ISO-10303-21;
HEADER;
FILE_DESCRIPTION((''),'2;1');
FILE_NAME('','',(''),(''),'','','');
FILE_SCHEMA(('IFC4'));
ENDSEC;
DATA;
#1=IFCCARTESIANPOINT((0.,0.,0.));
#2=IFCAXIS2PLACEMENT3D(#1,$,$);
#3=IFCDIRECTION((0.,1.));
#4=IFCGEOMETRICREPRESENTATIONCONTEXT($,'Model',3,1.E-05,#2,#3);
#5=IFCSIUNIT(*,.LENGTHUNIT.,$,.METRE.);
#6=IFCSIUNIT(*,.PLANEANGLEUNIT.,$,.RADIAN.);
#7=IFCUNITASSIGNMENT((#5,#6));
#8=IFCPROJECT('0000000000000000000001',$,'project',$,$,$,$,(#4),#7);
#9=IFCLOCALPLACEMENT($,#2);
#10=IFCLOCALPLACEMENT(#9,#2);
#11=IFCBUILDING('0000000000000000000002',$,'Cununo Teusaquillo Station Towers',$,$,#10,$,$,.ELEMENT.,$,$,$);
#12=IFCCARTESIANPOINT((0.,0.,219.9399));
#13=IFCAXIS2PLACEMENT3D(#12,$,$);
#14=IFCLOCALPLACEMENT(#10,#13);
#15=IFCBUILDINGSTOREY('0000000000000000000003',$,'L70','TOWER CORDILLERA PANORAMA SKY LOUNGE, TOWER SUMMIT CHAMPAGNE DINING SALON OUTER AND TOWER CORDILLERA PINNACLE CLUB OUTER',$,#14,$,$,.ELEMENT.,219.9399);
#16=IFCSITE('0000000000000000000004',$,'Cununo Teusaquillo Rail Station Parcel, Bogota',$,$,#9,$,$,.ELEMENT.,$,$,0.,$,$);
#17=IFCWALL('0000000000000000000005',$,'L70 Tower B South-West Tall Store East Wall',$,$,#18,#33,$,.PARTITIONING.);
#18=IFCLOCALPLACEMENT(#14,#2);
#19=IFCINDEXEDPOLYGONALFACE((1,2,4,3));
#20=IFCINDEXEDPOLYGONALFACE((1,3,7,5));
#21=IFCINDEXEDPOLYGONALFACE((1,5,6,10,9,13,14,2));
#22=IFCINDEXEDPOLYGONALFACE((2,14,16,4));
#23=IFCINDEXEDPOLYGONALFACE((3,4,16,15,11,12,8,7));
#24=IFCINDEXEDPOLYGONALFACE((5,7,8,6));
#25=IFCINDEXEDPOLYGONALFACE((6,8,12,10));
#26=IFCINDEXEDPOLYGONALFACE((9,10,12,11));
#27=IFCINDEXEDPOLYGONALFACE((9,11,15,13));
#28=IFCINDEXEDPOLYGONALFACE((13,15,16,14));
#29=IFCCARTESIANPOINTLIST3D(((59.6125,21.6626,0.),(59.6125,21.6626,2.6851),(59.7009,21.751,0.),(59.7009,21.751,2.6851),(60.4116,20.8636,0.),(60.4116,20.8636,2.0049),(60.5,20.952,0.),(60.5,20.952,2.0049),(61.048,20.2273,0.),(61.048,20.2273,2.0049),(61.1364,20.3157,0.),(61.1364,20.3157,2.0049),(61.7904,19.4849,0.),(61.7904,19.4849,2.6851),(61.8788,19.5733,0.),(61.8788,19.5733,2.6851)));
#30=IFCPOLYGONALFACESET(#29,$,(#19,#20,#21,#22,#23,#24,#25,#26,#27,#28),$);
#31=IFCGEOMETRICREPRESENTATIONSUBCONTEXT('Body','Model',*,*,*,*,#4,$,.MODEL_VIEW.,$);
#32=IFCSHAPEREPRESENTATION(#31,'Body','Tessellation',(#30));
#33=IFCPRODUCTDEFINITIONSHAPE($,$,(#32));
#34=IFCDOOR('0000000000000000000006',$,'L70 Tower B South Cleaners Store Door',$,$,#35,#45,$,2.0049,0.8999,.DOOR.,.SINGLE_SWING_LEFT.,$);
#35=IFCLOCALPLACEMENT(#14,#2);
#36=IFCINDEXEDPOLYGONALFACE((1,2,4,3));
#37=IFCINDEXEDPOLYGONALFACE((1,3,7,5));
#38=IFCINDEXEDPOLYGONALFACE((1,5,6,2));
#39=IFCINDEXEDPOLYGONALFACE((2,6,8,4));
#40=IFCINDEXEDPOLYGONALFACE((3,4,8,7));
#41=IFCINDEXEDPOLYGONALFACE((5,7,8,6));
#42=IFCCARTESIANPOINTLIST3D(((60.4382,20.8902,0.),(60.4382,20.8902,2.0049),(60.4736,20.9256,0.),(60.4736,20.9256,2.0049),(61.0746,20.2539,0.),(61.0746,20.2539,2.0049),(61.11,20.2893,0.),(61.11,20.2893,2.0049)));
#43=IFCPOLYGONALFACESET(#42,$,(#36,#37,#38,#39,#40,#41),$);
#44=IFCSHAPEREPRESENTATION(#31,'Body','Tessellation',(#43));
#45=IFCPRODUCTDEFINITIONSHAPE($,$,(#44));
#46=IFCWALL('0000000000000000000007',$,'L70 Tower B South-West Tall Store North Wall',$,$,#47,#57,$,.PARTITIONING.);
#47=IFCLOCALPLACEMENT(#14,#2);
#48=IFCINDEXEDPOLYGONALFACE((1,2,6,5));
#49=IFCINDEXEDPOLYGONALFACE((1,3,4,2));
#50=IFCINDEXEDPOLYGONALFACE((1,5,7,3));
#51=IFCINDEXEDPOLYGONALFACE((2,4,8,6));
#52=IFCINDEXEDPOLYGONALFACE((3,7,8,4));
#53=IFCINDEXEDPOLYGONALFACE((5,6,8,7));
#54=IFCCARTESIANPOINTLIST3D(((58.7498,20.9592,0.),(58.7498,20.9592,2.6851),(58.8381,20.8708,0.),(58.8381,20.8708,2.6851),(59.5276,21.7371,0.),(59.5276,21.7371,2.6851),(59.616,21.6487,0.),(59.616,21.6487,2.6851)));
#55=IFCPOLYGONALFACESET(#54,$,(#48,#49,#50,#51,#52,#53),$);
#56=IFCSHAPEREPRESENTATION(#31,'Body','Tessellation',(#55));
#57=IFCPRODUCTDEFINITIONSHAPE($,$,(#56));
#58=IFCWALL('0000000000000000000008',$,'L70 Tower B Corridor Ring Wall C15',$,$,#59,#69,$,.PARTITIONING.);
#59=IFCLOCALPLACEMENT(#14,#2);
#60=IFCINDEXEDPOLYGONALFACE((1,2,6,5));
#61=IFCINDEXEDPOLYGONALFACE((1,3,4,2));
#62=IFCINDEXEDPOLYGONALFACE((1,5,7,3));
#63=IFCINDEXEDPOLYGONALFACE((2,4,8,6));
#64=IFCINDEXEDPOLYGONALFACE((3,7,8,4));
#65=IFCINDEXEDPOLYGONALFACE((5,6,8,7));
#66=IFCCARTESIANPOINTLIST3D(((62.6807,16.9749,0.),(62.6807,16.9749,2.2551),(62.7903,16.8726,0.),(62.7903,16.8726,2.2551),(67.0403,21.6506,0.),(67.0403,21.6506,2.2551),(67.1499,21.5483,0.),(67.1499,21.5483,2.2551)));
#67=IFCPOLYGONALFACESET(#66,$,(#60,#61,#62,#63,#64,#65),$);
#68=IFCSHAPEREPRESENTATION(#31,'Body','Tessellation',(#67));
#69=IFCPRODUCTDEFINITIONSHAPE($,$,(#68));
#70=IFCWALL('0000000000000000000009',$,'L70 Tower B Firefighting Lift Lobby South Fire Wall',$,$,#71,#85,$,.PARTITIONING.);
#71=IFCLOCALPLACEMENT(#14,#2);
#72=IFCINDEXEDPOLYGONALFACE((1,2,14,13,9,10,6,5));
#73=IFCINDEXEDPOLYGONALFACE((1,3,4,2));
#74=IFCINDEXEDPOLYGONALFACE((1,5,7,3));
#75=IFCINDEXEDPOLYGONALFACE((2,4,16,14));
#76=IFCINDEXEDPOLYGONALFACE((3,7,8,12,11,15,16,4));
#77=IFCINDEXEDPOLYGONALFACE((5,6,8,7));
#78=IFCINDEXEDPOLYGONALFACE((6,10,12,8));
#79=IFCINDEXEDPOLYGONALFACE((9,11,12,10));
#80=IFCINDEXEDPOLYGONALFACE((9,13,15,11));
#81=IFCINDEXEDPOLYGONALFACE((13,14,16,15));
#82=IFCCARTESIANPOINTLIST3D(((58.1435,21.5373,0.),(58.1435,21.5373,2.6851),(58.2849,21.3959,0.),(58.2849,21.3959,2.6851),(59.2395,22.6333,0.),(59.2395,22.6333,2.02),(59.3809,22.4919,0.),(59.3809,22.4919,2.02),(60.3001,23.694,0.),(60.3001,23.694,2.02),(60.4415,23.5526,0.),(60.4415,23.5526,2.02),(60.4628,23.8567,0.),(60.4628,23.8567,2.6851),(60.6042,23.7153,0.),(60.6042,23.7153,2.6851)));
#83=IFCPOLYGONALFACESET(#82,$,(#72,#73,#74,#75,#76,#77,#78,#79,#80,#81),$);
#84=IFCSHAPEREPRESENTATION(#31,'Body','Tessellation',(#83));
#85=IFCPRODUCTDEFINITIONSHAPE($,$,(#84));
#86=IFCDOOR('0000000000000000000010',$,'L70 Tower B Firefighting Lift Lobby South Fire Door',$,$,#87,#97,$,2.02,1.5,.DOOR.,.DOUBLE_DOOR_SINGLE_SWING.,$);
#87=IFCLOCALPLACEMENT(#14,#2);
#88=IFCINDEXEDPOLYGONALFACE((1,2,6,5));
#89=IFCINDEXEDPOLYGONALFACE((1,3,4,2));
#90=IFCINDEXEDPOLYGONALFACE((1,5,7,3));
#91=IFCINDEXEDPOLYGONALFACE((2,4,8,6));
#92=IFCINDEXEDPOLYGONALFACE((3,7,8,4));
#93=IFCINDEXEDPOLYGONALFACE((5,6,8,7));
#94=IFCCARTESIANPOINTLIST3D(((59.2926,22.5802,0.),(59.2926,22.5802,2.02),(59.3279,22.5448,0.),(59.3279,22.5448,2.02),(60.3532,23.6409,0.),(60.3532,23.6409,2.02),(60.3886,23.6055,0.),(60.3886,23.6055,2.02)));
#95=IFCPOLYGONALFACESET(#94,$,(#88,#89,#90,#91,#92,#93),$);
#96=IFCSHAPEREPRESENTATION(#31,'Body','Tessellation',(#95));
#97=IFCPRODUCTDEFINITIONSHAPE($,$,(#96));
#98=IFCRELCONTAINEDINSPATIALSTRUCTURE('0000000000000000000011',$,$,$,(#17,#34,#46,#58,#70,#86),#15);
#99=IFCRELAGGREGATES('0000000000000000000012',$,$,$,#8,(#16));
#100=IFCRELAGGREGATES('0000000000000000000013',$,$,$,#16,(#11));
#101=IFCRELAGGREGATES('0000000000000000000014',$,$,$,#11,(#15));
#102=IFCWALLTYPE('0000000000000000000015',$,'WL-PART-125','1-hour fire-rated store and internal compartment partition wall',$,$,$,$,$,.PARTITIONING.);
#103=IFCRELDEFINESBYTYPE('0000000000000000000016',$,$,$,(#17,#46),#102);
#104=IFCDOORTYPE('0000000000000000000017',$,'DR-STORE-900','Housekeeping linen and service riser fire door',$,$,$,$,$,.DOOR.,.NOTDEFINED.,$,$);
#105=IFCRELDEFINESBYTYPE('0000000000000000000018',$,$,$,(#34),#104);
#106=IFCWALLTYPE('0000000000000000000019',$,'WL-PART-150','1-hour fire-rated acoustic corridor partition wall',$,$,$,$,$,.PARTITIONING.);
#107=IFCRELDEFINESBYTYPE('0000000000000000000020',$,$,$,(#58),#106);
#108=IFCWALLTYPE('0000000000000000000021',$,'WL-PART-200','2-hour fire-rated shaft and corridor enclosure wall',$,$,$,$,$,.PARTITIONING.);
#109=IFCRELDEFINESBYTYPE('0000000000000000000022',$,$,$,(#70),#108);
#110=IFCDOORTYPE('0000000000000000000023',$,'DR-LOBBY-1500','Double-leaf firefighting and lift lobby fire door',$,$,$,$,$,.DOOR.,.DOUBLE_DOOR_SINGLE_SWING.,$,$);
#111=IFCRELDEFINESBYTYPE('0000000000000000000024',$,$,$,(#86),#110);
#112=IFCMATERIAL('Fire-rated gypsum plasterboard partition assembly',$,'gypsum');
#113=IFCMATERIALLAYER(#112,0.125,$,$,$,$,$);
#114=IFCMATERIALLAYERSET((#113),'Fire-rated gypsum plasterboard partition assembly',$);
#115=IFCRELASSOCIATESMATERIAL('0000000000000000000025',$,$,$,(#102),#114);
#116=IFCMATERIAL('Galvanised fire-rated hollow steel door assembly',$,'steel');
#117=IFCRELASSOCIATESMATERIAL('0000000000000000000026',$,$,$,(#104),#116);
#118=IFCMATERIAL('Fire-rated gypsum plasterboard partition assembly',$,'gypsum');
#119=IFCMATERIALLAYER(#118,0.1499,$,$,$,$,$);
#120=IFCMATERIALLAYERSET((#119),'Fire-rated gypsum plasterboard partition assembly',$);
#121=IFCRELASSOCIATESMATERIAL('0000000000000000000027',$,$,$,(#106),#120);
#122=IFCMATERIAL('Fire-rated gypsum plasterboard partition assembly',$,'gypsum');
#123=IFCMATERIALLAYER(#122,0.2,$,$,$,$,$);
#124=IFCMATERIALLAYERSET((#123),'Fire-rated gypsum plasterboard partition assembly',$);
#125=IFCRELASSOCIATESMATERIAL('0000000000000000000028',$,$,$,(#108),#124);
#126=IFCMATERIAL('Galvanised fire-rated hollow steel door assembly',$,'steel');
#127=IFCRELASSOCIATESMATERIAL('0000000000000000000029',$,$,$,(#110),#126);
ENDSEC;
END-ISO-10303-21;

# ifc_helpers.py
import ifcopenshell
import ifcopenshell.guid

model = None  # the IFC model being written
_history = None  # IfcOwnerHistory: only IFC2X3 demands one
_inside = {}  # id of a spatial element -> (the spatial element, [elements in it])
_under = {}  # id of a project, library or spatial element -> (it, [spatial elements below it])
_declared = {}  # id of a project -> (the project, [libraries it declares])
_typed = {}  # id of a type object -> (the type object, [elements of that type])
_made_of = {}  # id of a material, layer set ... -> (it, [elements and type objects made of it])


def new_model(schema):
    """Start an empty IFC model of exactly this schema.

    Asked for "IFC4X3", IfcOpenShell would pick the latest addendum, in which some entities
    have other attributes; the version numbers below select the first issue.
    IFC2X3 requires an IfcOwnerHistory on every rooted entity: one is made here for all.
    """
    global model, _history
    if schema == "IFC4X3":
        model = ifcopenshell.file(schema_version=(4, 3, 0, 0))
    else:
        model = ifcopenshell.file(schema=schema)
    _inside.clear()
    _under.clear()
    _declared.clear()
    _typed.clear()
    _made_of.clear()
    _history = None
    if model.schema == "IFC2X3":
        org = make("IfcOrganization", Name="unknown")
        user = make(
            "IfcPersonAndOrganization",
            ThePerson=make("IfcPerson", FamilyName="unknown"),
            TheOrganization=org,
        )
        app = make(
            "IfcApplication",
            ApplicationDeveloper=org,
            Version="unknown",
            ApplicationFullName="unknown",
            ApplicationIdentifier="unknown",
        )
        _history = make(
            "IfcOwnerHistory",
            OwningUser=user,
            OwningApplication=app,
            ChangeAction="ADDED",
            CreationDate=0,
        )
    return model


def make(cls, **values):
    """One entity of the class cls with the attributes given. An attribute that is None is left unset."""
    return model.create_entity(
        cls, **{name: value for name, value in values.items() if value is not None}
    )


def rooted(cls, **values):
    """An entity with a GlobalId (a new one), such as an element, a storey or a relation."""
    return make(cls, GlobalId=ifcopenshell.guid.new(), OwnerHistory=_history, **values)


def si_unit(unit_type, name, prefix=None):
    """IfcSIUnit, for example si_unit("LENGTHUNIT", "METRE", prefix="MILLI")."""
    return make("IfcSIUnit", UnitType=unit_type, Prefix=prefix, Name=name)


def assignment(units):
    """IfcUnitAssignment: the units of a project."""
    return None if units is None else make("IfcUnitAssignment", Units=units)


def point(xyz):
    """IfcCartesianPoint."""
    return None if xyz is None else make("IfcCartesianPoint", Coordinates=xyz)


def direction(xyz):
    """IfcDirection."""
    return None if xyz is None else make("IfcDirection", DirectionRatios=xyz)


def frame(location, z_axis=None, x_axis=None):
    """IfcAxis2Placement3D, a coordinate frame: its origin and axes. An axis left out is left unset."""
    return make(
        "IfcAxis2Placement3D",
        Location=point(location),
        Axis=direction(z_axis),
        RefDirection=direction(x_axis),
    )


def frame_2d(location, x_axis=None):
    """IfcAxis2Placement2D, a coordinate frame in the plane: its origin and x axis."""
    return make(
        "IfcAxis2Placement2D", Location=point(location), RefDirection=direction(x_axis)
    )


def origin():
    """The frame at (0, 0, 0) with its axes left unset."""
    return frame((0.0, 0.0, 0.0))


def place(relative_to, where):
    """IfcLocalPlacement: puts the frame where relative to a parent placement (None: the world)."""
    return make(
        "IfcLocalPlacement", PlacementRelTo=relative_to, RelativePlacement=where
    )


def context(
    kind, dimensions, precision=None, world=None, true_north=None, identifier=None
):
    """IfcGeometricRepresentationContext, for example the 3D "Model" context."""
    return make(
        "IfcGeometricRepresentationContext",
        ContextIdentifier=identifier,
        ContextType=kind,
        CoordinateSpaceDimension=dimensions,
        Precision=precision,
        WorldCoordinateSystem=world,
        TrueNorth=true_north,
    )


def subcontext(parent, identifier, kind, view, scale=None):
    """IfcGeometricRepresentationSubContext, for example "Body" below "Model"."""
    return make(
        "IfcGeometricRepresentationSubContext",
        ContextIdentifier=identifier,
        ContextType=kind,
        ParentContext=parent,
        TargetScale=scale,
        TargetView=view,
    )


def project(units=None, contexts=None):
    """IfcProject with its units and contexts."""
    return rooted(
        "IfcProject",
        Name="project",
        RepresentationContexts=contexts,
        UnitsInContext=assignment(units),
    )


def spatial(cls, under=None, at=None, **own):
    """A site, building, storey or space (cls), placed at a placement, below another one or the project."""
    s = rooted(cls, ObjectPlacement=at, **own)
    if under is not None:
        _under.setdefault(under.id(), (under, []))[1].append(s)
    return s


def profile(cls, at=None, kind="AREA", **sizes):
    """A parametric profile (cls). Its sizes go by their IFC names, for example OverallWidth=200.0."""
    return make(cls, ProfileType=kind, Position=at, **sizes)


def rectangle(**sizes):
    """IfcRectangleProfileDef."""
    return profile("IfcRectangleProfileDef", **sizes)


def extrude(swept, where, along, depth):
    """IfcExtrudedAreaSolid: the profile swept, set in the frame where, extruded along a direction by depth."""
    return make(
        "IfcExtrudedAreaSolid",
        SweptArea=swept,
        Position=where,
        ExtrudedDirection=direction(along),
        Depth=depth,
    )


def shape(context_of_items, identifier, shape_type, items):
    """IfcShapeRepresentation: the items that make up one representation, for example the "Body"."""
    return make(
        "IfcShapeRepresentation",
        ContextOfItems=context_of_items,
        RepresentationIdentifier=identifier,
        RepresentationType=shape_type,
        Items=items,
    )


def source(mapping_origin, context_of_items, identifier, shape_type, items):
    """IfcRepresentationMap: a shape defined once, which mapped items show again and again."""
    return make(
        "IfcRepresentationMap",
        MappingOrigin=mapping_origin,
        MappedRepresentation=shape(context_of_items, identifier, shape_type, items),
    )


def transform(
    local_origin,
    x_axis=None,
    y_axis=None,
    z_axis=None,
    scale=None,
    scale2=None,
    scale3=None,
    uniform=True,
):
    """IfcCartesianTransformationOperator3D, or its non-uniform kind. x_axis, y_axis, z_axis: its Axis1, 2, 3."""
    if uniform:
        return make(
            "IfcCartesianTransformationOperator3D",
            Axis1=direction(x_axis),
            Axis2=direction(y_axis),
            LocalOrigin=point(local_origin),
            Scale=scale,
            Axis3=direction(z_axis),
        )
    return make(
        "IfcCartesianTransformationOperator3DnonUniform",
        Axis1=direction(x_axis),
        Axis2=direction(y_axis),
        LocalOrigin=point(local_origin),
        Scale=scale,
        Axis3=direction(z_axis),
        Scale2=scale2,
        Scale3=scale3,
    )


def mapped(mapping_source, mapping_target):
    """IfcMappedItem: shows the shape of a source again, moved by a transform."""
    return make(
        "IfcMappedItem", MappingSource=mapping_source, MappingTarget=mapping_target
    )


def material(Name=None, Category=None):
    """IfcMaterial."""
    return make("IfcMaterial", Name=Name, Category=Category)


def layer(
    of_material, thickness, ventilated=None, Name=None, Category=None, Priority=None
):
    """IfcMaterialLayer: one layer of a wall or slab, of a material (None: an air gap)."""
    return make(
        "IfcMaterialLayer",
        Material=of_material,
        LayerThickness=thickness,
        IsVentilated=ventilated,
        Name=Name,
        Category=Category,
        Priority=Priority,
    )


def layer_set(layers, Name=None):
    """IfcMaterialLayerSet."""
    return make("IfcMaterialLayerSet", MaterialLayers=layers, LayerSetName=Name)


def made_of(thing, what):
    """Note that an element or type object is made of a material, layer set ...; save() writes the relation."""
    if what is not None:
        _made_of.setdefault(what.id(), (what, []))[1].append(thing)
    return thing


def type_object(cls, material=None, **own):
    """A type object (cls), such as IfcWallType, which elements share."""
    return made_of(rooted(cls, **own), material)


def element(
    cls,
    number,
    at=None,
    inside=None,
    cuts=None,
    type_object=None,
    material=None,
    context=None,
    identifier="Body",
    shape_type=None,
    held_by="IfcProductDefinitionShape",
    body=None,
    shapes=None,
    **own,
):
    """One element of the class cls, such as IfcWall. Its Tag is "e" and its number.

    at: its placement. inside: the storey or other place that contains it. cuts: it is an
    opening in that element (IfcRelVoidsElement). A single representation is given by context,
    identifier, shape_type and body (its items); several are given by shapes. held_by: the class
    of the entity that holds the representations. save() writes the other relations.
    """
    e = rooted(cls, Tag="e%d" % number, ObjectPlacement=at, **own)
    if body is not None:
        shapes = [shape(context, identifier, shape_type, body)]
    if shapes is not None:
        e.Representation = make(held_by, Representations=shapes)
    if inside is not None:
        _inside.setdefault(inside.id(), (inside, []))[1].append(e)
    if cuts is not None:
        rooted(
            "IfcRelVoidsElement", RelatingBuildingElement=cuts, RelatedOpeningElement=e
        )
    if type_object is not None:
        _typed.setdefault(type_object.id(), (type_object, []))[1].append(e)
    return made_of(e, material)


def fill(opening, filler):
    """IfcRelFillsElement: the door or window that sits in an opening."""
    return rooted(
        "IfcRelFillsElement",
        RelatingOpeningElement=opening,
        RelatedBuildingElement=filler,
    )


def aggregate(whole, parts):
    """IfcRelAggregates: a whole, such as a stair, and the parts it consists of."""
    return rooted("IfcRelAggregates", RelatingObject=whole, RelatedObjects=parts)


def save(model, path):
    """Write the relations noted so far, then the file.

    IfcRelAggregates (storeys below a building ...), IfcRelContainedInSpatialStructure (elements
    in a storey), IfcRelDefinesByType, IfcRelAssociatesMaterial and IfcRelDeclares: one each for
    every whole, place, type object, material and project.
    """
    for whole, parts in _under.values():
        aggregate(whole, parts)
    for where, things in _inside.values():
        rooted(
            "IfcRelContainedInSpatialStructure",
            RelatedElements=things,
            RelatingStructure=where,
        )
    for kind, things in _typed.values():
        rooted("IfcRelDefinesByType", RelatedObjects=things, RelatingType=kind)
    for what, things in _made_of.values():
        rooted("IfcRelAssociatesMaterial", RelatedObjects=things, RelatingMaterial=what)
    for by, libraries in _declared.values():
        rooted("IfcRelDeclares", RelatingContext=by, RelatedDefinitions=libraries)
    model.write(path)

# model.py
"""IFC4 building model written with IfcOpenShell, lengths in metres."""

from ifc_helpers import new_model, si_unit, direction, frame, frame_2d, origin, place, context, subcontext, project, spatial, rectangle, extrude, source, transform, mapped, material, layer, layer_set, type_object, element, fill, save


model = new_model("IFC4")

# Units and contexts
model_context = context("Model", 3, precision=1e-05, world=origin(), true_north=direction((0.0, 1.0)))
body_context = subcontext(model_context, "Body", "Model", "MODEL_VIEW")
ifc_project = project(units=[si_unit("LENGTHUNIT", "METRE"), si_unit("PLANEANGLEUNIT", "RADIAN")], contexts=[model_context])

# Site, building, storey
site_placement = place(None, origin())
site = spatial("IfcSite", under=ifc_project, at=site_placement, Name="Cununo Teusaquillo Rail Station Parcel, Bogota", CompositionType="ELEMENT", RefElevation=0.0)
building_placement = place(site_placement, origin())
building = spatial("IfcBuilding", under=site, at=building_placement, Name="Cununo Teusaquillo Station Towers", CompositionType="ELEMENT")
storey_placement = place(building_placement, frame((0.0, 0.0, 219.9399)))
storey = spatial("IfcBuildingStorey", under=building, at=storey_placement, Name="L70", Description="TOWER CORDILLERA PANORAMA SKY LOUNGE, TOWER SUMMIT CHAMPAGNE DINING SALON OUTER AND TOWER CORDILLERA PINNACLE CLUB OUTER", CompositionType="ELEMENT", Elevation=219.9399)

# Wall, opening, door
ifc_material_1 = material(Name="Fire-rated gypsum plasterboard partition assembly", Category="gypsum")
ifc_layer_1 = layer(ifc_material_1, 0.125)
ifc_layer_set_1 = layer_set([ifc_layer_1], Name="Fire-rated gypsum plasterboard partition assembly")
wall_type_1 = type_object("IfcWallType", Name="WL-PART-125", Description="1-hour fire-rated store and internal compartment partition wall", PredefinedType="PARTITIONING", material=ifc_layer_set_1)
wall_1_placement = place(storey_placement, frame((61.8347, 19.5291, 0.0), z_axis=(0.0, 0.0, 1.0), x_axis=(-0.707146, 0.707067, 0.0)))
wall_1 = element("IfcWall", 1, at=wall_1_placement, inside=storey, type_object=wall_type_1, Name="L70 Tower B South-West Tall Store East Wall", PredefinedType="PARTITIONING", context=body_context, shape_type="SweptSolid", body=[
    extrude(rectangle(XDim=3.0798, YDim=0.125, at=frame_2d((1.54, 0.0))), origin(), (0.0, 0.0, 1.0), 2.6851),
])
shared_shape_1 = source(origin(), body_context, "Body", "SweptSolid", [
    extrude(rectangle(XDim=0.8999, YDim=2.0049, at=frame_2d((0.45, 1.0024))), frame((0.0, 0.0725, 0.0), z_axis=(0.0, -1.0, 0.0), x_axis=(1.0, 0.0, 0.0)), (0.0, 0.0, 1.0), 0.145),
])
opening_1_placement = place(wall_1_placement, frame((1.05, 0.0, 0.0)))
opening_1 = element("IfcOpeningElement", 2, at=opening_1_placement, cuts=wall_1, PredefinedType="OPENING", context=body_context, shape_type="MappedRepresentation", body=[
    mapped(shared_shape_1, transform((0.0, 0.0, 0.0), x_axis=(1.0, 0.0, 0.0), y_axis=(0.0, 1.0, 0.0), z_axis=(0.0, 0.0, 1.0), scale=1.0)),
])
ifc_material_2 = material(Name="Galvanised fire-rated hollow steel door assembly", Category="steel")
door_type_1 = type_object("IfcDoorType", Name="DR-STORE-900", Description="Housekeeping linen and service riser fire door", OperationType="NOTDEFINED", PredefinedType="DOOR", material=ifc_material_2)
shared_shape_2 = source(origin(), body_context, "Body", "SweptSolid", [
    extrude(rectangle(XDim=0.8999, YDim=2.0049, at=frame_2d((0.45, 1.0024))), frame((0.0, 0.0249, 0.0), z_axis=(0.0, -1.0, 0.0), x_axis=(1.0, 0.0, 0.0)), (0.0, 0.0, 1.0), 0.05),
])
door_1_placement = place(opening_1_placement, origin())
door_1 = element("IfcDoor", 3, at=door_1_placement, inside=storey, type_object=door_type_1, Name="L70 Tower B South Cleaners Store Door", OperationType="SINGLE_SWING_LEFT", OverallHeight=2.0049, OverallWidth=0.8999, PredefinedType="DOOR", context=body_context, shape_type="MappedRepresentation", body=[
    mapped(shared_shape_2, transform((0.0, 0.0, 0.0), x_axis=(1.0, 0.0, 0.0), y_axis=(0.0, 1.0, 0.0), z_axis=(0.0, 0.0, 1.0), scale=1.0)),
])
fill(opening_1, door_1)

# Walls
wall_2_placement = place(storey_placement, frame((58.7939, 20.915, 0.0), z_axis=(0.0, 0.0, 1.0), x_axis=(0.707107, 0.707107, 0.0)))
element("IfcWall", 4, at=wall_2_placement, inside=storey, type_object=wall_type_1, Name="L70 Tower B South-West Tall Store North Wall", PredefinedType="PARTITIONING", context=body_context, shape_type="SweptSolid", body=[
    extrude(rectangle(XDim=1.1001, YDim=0.125, at=frame_2d((0.55, 0.0))), origin(), (0.0, 0.0, 1.0), 2.6851),
])
ifc_material_3 = material(Name="Fire-rated gypsum plasterboard partition assembly", Category="gypsum")
ifc_layer_2 = layer(ifc_material_3, 0.1499)
ifc_layer_set_2 = layer_set([ifc_layer_2], Name="Fire-rated gypsum plasterboard partition assembly")
wall_type_2 = type_object("IfcWallType", Name="WL-PART-150", Description="1-hour fire-rated acoustic corridor partition wall", PredefinedType="PARTITIONING", material=ifc_layer_set_2)
wall_3_placement = place(storey_placement, frame((62.7356, 16.9238, 0.0), z_axis=(0.0, 0.0, 1.0), x_axis=(0.681947, 0.731402, 0.0)))
element("IfcWall", 5, at=wall_3_placement, inside=storey, type_object=wall_type_2, Name="L70 Tower B Corridor Ring Wall C15", PredefinedType="PARTITIONING", context=body_context, shape_type="SweptSolid", body=[
    extrude(rectangle(XDim=6.3928, YDim=0.1499, at=frame_2d((3.1963, 0.0))), origin(), (0.0, 0.0, 1.0), 2.2551),
])

# Wall, opening, door
ifc_material_4 = material(Name="Fire-rated gypsum plasterboard partition assembly", Category="gypsum")
ifc_layer_3 = layer(ifc_material_4, 0.2)
ifc_layer_set_3 = layer_set([ifc_layer_3], Name="Fire-rated gypsum plasterboard partition assembly")
wall_type_3 = type_object("IfcWallType", Name="WL-PART-200", Description="2-hour fire-rated shaft and corridor enclosure wall", PredefinedType="PARTITIONING", material=ifc_layer_set_3)
wall_4_placement = place(storey_placement, frame((58.2141, 21.4666, 0.0), z_axis=(0.0, 0.0, 1.0), x_axis=(0.707107, 0.707107, 0.0)))
wall_4 = element("IfcWall", 6, at=wall_4_placement, inside=storey, type_object=wall_type_3, Name="L70 Tower B Firefighting Lift Lobby South Fire Wall", PredefinedType="PARTITIONING", context=body_context, shape_type="SweptSolid", body=[
    extrude(rectangle(XDim=3.28, YDim=0.2, at=frame_2d((1.6401, 0.0))), origin(), (0.0, 0.0, 1.0), 2.6851),
])
shared_shape_3 = source(origin(), body_context, "Body", "SweptSolid", [
    extrude(rectangle(XDim=1.5, YDim=2.02, at=frame_2d((0.75, 1.01))), frame((0.0, 0.1099, 0.0), z_axis=(0.0, -1.0, 0.0), x_axis=(1.0, 0.0, 0.0)), (0.0, 0.0, 1.0), 0.22),
])
opening_2_placement = place(wall_4_placement, frame((1.55, 0.0, 0.0)))
opening_2 = element("IfcOpeningElement", 7, at=opening_2_placement, cuts=wall_4, PredefinedType="OPENING", context=body_context, shape_type="MappedRepresentation", body=[
    mapped(shared_shape_3, transform((0.0, 0.0, 0.0), x_axis=(1.0, 0.0, 0.0), y_axis=(0.0, 1.0, 0.0), z_axis=(0.0, 0.0, 1.0), scale=1.0)),
])
ifc_material_5 = material(Name="Galvanised fire-rated hollow steel door assembly", Category="steel")
door_type_2 = type_object("IfcDoorType", Name="DR-LOBBY-1500", Description="Double-leaf firefighting and lift lobby fire door", OperationType="DOUBLE_DOOR_SINGLE_SWING", PredefinedType="DOOR", material=ifc_material_5)
shared_shape_4 = source(origin(), body_context, "Body", "SweptSolid", [
    extrude(rectangle(XDim=1.5, YDim=2.02, at=frame_2d((0.75, 1.01))), frame((0.0, 0.0249, 0.0), z_axis=(0.0, -1.0, 0.0), x_axis=(1.0, 0.0, 0.0)), (0.0, 0.0, 1.0), 0.05),
])
door_2_placement = place(opening_2_placement, origin())
door_2 = element("IfcDoor", 8, at=door_2_placement, inside=storey, type_object=door_type_2, Name="L70 Tower B Firefighting Lift Lobby South Fire Door", OperationType="DOUBLE_DOOR_SINGLE_SWING", OverallHeight=2.02, OverallWidth=1.5, PredefinedType="DOOR", context=body_context, shape_type="MappedRepresentation", body=[
    mapped(shared_shape_4, transform((0.0, 0.0, 0.0), x_axis=(1.0, 0.0, 0.0), y_axis=(0.0, 1.0, 0.0), z_axis=(0.0, 0.0, 1.0), scale=1.0)),
])
fill(opening_2, door_2)

save(model, "model.ifc")
